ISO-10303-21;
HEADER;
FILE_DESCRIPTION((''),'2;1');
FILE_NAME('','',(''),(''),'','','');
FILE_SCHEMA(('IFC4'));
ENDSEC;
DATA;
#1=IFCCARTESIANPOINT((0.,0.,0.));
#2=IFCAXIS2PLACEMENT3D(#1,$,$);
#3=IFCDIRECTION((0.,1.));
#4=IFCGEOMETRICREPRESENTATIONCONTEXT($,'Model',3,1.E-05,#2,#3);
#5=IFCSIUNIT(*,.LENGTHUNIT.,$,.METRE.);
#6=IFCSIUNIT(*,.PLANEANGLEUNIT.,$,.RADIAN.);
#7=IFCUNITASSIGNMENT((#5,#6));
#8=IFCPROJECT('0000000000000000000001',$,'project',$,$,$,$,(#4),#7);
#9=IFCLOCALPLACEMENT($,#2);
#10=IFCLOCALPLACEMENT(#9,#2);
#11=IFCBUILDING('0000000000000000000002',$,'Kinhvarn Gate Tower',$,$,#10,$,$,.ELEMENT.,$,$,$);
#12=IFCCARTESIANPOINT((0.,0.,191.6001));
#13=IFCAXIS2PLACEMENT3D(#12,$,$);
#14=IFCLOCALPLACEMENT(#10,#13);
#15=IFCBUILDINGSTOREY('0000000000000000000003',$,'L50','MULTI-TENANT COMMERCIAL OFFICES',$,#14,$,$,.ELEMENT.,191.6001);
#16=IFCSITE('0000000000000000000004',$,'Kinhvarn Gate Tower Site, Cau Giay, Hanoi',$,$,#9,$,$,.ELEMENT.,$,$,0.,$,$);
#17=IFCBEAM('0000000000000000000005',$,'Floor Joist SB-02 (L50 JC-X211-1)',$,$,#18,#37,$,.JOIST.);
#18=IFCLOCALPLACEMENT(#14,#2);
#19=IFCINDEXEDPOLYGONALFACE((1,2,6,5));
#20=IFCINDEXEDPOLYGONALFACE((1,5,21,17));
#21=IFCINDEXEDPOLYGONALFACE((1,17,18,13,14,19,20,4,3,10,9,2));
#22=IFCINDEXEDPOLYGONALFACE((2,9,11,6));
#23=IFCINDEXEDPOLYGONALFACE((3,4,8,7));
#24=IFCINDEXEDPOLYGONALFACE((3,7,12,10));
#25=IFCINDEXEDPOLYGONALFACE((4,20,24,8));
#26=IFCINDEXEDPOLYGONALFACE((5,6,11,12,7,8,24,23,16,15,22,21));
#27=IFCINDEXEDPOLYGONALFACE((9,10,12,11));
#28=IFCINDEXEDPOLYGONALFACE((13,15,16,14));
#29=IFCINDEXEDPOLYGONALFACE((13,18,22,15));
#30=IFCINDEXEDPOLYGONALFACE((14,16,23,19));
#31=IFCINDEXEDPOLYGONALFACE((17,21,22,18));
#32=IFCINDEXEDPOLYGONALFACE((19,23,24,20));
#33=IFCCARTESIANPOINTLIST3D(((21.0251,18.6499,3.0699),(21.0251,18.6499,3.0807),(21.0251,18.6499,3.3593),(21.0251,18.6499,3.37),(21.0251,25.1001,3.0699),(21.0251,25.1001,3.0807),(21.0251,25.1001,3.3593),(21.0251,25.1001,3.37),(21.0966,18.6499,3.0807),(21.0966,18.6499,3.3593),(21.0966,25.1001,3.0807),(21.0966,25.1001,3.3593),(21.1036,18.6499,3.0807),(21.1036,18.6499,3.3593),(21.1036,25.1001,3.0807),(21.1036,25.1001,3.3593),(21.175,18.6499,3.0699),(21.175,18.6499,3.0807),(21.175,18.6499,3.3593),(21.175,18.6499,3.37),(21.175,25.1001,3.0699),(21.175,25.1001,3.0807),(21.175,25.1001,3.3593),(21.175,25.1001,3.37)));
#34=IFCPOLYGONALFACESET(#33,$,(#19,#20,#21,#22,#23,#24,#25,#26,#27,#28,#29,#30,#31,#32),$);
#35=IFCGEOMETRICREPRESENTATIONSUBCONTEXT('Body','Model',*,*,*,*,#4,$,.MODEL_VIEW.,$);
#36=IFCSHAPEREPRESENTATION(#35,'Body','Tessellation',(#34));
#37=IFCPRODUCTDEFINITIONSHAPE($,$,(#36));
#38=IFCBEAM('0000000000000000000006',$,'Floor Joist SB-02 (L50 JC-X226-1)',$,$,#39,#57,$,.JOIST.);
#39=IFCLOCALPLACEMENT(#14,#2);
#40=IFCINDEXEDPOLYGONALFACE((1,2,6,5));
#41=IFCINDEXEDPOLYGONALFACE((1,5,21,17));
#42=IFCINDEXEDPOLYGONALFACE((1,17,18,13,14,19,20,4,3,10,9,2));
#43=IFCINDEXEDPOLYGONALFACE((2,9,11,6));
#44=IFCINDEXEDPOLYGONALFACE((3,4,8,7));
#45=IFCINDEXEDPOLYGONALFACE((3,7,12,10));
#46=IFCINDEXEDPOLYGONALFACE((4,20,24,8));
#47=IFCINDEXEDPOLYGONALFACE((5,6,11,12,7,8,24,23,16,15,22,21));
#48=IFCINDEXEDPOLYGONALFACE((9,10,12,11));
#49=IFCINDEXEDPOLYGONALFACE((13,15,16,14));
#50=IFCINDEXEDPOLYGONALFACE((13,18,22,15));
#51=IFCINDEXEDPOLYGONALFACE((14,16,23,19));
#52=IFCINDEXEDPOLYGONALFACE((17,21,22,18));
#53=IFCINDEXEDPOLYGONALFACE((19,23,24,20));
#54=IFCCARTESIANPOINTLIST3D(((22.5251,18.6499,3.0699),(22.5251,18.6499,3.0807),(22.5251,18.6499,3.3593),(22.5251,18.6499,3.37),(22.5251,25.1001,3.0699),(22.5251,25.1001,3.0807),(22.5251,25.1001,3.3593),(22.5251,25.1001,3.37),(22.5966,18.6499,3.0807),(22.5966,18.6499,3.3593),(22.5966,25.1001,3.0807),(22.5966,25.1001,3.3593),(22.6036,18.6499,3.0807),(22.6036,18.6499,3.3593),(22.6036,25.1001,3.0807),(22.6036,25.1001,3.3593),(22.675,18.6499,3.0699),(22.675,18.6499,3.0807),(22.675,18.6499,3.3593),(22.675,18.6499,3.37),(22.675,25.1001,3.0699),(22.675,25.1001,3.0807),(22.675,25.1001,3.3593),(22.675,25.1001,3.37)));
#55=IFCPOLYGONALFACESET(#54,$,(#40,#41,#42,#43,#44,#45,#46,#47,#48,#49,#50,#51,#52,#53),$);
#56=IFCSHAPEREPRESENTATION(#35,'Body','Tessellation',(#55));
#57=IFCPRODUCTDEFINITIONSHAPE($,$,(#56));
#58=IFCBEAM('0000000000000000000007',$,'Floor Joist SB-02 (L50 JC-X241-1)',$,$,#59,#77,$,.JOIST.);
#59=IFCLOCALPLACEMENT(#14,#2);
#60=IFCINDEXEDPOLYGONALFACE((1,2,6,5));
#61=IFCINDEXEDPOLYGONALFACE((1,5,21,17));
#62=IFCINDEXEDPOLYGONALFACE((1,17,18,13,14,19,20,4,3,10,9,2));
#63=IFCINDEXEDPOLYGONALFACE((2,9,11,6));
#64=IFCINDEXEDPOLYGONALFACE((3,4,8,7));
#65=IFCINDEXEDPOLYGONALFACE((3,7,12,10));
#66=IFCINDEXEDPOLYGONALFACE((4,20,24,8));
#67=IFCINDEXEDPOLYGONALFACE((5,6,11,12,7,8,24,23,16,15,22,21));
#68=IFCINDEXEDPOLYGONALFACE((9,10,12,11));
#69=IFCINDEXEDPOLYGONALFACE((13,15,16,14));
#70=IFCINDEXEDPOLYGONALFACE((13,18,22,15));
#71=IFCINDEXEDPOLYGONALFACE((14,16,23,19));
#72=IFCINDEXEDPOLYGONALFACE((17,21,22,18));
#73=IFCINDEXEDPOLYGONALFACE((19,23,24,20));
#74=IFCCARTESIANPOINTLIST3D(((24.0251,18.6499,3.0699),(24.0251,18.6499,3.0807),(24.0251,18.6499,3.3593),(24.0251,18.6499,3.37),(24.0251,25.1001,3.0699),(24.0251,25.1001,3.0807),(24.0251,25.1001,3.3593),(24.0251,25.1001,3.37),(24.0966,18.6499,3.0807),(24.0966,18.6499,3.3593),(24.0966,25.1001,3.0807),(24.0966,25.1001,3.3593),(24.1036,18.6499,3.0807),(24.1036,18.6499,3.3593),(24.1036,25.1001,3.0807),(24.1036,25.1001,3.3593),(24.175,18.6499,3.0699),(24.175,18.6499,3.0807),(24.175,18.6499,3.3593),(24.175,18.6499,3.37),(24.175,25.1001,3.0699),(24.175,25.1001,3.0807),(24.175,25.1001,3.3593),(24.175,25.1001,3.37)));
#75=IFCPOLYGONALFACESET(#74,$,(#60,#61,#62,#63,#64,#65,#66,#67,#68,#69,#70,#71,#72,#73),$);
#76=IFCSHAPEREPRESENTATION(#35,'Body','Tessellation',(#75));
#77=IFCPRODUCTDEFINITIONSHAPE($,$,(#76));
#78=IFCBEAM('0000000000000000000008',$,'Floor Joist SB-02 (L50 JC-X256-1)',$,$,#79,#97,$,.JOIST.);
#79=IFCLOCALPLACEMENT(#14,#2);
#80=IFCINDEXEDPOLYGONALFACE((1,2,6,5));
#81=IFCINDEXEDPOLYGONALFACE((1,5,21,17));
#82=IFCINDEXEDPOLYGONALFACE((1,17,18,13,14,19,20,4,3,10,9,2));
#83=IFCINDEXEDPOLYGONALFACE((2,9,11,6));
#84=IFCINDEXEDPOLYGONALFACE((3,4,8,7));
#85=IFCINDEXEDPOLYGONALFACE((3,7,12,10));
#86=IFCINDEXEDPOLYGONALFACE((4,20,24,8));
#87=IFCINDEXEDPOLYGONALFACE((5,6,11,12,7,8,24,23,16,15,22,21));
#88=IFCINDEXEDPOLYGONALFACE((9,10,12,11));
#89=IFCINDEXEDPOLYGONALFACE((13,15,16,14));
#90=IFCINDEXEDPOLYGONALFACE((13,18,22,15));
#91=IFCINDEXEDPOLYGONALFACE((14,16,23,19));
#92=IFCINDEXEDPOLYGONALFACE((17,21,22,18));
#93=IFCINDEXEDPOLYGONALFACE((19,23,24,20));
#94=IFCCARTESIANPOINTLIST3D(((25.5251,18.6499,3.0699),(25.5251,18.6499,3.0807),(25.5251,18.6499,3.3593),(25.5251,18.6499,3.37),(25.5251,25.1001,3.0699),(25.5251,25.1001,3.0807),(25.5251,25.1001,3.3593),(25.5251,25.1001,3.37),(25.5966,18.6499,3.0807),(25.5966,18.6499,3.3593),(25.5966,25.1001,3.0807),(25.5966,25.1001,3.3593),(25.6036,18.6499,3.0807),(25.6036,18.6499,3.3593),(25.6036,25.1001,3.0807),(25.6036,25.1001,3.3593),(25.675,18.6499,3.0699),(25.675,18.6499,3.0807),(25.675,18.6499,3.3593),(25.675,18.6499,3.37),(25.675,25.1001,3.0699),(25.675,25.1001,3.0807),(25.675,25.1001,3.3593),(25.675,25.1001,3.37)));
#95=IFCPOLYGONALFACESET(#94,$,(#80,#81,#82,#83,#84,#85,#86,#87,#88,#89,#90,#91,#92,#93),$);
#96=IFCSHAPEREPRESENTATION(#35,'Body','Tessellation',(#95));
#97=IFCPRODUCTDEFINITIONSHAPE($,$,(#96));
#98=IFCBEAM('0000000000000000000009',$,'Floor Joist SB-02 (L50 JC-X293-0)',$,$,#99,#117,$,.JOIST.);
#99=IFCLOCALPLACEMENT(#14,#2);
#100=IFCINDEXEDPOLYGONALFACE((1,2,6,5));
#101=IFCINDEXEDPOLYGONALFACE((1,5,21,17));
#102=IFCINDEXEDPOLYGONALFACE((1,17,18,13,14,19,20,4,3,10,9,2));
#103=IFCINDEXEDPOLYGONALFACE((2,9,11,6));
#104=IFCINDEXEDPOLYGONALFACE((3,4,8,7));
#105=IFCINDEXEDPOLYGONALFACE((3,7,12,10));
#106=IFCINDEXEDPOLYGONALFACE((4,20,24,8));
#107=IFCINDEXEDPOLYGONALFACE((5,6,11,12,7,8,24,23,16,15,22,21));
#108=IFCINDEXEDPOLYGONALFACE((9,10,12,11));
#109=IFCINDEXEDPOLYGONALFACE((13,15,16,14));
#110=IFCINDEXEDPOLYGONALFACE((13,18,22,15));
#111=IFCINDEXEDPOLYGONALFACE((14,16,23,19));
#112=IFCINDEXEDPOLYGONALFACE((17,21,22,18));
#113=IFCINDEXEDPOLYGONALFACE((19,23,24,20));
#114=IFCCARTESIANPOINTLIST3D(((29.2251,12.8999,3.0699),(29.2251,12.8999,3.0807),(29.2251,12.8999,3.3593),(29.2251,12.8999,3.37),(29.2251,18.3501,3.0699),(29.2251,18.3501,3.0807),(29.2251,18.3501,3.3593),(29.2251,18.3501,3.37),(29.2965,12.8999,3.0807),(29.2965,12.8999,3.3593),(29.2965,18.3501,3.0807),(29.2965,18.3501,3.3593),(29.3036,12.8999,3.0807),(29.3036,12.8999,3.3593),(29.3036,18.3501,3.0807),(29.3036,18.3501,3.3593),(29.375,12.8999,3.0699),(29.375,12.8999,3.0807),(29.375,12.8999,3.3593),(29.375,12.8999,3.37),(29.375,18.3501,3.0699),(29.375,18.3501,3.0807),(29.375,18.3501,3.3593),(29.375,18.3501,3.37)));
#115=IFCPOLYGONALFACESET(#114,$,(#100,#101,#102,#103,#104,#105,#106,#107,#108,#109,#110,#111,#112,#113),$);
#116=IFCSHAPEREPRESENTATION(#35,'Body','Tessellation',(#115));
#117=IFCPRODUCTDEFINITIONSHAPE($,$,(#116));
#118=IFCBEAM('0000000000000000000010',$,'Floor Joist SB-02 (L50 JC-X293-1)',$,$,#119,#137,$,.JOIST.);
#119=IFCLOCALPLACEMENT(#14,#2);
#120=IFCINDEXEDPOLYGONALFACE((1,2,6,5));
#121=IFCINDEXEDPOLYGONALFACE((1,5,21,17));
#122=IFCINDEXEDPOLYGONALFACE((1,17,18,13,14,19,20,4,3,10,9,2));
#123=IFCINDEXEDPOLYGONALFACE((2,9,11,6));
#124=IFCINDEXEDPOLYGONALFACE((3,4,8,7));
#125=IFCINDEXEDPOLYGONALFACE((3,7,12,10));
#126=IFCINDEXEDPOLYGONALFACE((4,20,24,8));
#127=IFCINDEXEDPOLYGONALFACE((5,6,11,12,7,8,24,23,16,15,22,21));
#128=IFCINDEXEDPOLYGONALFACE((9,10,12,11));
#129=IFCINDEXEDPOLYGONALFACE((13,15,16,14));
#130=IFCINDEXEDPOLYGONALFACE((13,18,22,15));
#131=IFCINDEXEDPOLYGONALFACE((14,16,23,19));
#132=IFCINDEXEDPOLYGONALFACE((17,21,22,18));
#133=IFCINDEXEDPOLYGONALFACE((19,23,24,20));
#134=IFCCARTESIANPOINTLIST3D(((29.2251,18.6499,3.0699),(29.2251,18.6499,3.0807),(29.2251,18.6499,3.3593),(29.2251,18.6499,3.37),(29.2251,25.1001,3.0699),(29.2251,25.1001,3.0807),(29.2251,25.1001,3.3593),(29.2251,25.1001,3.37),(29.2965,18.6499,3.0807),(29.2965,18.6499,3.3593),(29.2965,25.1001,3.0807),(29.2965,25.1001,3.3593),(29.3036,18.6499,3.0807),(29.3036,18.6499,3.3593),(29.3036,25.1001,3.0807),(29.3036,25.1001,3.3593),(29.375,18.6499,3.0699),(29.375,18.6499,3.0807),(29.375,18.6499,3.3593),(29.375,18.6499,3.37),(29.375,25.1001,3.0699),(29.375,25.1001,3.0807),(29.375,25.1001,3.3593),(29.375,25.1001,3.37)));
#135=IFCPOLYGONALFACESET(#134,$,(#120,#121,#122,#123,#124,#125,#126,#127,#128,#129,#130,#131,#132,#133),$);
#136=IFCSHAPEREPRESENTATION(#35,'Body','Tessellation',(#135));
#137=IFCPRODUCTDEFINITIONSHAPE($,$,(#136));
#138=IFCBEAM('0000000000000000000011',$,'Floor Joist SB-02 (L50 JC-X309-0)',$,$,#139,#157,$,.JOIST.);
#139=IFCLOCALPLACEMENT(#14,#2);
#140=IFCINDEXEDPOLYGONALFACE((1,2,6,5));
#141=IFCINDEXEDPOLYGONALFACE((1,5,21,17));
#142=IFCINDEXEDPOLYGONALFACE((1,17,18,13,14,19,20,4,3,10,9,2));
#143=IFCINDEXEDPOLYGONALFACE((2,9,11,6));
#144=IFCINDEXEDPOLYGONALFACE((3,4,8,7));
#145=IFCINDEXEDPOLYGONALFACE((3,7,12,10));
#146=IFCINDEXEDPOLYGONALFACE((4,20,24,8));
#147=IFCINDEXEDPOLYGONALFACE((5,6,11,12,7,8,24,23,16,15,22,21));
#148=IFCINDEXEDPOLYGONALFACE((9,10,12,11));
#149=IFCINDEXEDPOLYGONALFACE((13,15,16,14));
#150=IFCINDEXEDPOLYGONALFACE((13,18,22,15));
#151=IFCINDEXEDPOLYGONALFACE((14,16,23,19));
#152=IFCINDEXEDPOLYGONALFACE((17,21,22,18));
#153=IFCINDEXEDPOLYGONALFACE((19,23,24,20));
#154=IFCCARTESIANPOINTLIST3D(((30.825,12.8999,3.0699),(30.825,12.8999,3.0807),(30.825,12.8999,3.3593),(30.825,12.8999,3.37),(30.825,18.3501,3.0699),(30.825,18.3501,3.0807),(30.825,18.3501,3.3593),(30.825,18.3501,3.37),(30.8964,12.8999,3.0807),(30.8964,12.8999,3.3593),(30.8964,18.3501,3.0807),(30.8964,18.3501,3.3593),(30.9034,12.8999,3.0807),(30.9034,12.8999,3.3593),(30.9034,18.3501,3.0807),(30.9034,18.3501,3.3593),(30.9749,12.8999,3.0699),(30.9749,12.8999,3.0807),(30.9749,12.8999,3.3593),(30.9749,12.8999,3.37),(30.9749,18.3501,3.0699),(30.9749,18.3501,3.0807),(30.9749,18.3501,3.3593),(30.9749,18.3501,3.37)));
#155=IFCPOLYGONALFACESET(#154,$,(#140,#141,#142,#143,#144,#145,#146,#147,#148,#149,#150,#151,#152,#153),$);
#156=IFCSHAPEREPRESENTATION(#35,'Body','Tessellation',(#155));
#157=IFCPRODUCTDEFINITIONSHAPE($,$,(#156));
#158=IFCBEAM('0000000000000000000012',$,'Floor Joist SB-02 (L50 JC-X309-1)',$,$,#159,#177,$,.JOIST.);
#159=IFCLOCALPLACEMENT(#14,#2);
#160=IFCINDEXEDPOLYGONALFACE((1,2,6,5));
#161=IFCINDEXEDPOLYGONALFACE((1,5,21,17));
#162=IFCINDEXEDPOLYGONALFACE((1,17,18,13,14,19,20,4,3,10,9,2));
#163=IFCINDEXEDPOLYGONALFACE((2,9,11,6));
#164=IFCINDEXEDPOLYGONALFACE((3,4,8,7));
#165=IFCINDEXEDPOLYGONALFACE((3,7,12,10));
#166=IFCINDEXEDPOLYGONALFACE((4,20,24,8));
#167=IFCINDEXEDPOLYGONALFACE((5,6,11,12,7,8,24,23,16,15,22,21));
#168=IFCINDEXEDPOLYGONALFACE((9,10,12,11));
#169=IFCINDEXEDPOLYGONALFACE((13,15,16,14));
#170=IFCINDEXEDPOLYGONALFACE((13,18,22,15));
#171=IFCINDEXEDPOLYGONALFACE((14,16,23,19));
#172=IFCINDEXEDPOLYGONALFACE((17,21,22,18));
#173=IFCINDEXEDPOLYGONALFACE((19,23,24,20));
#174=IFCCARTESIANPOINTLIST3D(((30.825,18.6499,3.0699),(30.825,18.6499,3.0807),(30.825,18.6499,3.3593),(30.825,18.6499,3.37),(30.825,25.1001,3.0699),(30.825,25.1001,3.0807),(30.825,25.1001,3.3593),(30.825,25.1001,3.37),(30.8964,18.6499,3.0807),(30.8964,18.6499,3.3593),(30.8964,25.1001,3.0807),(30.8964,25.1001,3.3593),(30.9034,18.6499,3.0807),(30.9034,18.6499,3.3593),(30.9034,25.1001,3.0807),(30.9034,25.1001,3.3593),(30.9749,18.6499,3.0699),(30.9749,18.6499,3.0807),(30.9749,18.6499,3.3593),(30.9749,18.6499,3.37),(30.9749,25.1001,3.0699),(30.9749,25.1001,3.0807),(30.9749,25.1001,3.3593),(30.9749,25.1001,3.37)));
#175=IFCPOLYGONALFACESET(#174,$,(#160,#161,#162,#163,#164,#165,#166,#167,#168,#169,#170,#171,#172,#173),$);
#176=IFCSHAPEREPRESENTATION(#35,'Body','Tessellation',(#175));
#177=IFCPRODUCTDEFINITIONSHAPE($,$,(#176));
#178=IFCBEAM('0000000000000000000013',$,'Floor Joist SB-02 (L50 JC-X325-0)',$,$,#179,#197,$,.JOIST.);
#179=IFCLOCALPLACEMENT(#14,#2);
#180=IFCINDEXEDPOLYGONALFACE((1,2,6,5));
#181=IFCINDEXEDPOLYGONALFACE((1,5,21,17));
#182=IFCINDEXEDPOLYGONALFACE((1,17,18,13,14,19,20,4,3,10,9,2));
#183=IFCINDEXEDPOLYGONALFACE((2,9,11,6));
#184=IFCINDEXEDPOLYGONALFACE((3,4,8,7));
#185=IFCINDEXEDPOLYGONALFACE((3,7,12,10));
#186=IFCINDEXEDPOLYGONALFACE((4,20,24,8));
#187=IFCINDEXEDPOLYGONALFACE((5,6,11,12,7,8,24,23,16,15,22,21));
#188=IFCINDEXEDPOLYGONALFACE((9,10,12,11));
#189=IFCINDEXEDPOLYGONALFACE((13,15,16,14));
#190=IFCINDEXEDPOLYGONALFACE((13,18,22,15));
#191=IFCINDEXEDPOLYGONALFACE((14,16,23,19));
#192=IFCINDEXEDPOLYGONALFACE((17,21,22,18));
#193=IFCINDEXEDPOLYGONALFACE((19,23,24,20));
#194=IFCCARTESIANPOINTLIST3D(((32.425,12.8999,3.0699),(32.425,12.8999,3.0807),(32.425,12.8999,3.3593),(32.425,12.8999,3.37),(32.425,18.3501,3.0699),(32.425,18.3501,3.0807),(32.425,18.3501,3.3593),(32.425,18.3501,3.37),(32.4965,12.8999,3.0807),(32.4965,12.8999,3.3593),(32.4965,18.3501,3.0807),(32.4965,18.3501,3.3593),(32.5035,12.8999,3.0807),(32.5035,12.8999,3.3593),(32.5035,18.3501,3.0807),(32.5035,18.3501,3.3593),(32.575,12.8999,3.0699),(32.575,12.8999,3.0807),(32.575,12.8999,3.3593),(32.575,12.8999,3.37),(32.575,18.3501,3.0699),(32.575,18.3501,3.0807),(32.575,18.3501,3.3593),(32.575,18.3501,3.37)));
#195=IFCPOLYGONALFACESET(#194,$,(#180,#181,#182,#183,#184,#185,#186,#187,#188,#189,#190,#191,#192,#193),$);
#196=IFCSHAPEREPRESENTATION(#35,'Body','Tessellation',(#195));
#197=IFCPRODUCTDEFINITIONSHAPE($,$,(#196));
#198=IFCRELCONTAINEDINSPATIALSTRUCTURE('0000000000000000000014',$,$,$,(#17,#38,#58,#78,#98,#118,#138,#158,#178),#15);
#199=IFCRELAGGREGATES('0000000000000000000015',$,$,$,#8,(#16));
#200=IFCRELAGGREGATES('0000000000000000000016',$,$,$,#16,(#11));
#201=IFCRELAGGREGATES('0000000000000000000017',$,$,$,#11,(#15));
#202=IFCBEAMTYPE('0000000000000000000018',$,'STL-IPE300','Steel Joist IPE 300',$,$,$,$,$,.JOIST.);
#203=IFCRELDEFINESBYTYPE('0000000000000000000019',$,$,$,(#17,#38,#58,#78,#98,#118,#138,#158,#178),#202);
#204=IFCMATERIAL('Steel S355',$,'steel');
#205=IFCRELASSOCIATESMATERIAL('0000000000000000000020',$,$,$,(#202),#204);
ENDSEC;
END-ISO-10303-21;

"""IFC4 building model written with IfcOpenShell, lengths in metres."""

from ifc_helpers import new_model, si_unit, direction, frame, origin, origin_2d, place, context, subcontext, project, spatial, i_section, extrude, material, material_profile, profile_set, type_object, element, save


model = new_model("IFC4")

# Units and contexts
model_context = context("Model", 3, precision=1e-05, world=origin(), true_north=direction((0.0, 1.0)))
body_context = subcontext(model_context, "Body", "Model", "MODEL_VIEW")
ifc_project = project(units=[si_unit("LENGTHUNIT", "METRE"), si_unit("PLANEANGLEUNIT", "RADIAN")], contexts=[model_context])

# Site, building, storey
site_placement = place(None, origin())
site = spatial("IfcSite", under=ifc_project, at=site_placement, Name="Kinhvarn Gate Tower Site, Cau Giay, Hanoi", CompositionType="ELEMENT", RefElevation=0.0)
building_placement = place(site_placement, origin())
building = spatial("IfcBuilding", under=site, at=building_placement, Name="Kinhvarn Gate Tower", CompositionType="ELEMENT")
storey_placement = place(building_placement, frame((0.0, 0.0, 191.6001)))
storey = spatial("IfcBuildingStorey", under=building, at=storey_placement, Name="L50", Description="MULTI-TENANT COMMERCIAL OFFICES", CompositionType="ELEMENT", Elevation=191.6001)

# Beams
ifc_material_1 = material(Name="Steel S355", Category="steel")
ifc_material_profile = material_profile(ifc_material_1, i_section(OverallWidth=0.1499, OverallDepth=0.3, WebThickness=0.0071, FlangeThickness=0.0107, at=origin_2d()), Name="IPE 300")
ifc_profile_set = profile_set([ifc_material_profile], Name="Steel S355")
beam_type = type_object("IfcBeamType", Name="STL-IPE300", Description="Steel Joist IPE 300", PredefinedType="JOIST", material=ifc_profile_set)
for number, where, z_axis, x_axis, name in (
    (1, (21.1001, 18.6499, 3.22), (0.0, 1.0, 0.0), (-1.0, 0.0, 0.0), "Floor Joist SB-02 (L50 JC-X211-1)"),
    (2, (22.6001, 18.6499, 3.22), (0.0, 1.0, 0.0), (-1.0, 0.0, 0.0), "Floor Joist SB-02 (L50 JC-X226-1)"),
    (3, (24.1001, 18.6499, 3.22), (0.0, 1.0, 0.0), (-1.0, 0.0, 0.0), "Floor Joist SB-02 (L50 JC-X241-1)"),
    (4, (25.6001, 18.6499, 3.22), (0.0, 1.0, 0.0), (-1.0, 0.0, 0.0), "Floor Joist SB-02 (L50 JC-X256-1)"),
):
    element("IfcBeam", number, at=place(storey_placement, frame(where, z_axis=z_axis, x_axis=x_axis)), inside=storey, type_object=beam_type, Name=name, PredefinedType="JOIST", context=body_context, shape_type="SweptSolid", body=[
        extrude(i_section(OverallWidth=0.1499, OverallDepth=0.3, WebThickness=0.0071, FlangeThickness=0.0107, at=origin_2d()), origin(), (0.0, 0.0, 1.0), 6.4502),
    ])
beam_1_placement = place(storey_placement, frame((29.3, 12.8999, 3.22), z_axis=(0.0, 1.0, 0.0), x_axis=(-1.0, 0.0, 0.0)))
element("IfcBeam", 5, at=beam_1_placement, inside=storey, type_object=beam_type, Name="Floor Joist SB-02 (L50 JC-X293-0)", PredefinedType="JOIST", context=body_context, shape_type="SweptSolid", body=[
    extrude(i_section(OverallWidth=0.1499, OverallDepth=0.3, WebThickness=0.0071, FlangeThickness=0.0107, at=origin_2d()), origin(), (0.0, 0.0, 1.0), 5.4502),
])
beam_2_placement = place(storey_placement, frame((29.3, 18.6499, 3.22), z_axis=(0.0, 1.0, 0.0), x_axis=(-1.0, 0.0, 0.0)))
element("IfcBeam", 6, at=beam_2_placement, inside=storey, type_object=beam_type, Name="Floor Joist SB-02 (L50 JC-X293-1)", PredefinedType="JOIST", context=body_context, shape_type="SweptSolid", body=[
    extrude(i_section(OverallWidth=0.1499, OverallDepth=0.3, WebThickness=0.0071, FlangeThickness=0.0107, at=origin_2d()), origin(), (0.0, 0.0, 1.0), 6.4502),
])
beam_3_placement = place(storey_placement, frame((30.8999, 12.8999, 3.22), z_axis=(0.0, 1.0, 0.0), x_axis=(-1.0, 0.0, 0.0)))
element("IfcBeam", 7, at=beam_3_placement, inside=storey, type_object=beam_type, Name="Floor Joist SB-02 (L50 JC-X309-0)", PredefinedType="JOIST", context=body_context, shape_type="SweptSolid", body=[
    extrude(i_section(OverallWidth=0.1499, OverallDepth=0.3, WebThickness=0.0071, FlangeThickness=0.0107, at=origin_2d()), origin(), (0.0, 0.0, 1.0), 5.4502),
])
beam_4_placement = place(storey_placement, frame((30.8999, 18.6499, 3.22), z_axis=(0.0, 1.0, 0.0), x_axis=(-1.0, 0.0, 0.0)))
element("IfcBeam", 8, at=beam_4_placement, inside=storey, type_object=beam_type, Name="Floor Joist SB-02 (L50 JC-X309-1)", PredefinedType="JOIST", context=body_context, shape_type="SweptSolid", body=[
    extrude(i_section(OverallWidth=0.1499, OverallDepth=0.3, WebThickness=0.0071, FlangeThickness=0.0107, at=origin_2d()), origin(), (0.0, 0.0, 1.0), 6.4502),
])
beam_5_placement = place(storey_placement, frame((32.5, 12.8999, 3.22), z_axis=(0.0, 1.0, 0.0), x_axis=(-1.0, 0.0, 0.0)))
element("IfcBeam", 9, at=beam_5_placement, inside=storey, type_object=beam_type, Name="Floor Joist SB-02 (L50 JC-X325-0)", PredefinedType="JOIST", context=body_context, shape_type="SweptSolid", body=[
    extrude(i_section(OverallWidth=0.1499, OverallDepth=0.3, WebThickness=0.0071, FlangeThickness=0.0107, at=origin_2d()), origin(), (0.0, 0.0, 1.0), 5.4502),
])

save(model, "model.ifc")
